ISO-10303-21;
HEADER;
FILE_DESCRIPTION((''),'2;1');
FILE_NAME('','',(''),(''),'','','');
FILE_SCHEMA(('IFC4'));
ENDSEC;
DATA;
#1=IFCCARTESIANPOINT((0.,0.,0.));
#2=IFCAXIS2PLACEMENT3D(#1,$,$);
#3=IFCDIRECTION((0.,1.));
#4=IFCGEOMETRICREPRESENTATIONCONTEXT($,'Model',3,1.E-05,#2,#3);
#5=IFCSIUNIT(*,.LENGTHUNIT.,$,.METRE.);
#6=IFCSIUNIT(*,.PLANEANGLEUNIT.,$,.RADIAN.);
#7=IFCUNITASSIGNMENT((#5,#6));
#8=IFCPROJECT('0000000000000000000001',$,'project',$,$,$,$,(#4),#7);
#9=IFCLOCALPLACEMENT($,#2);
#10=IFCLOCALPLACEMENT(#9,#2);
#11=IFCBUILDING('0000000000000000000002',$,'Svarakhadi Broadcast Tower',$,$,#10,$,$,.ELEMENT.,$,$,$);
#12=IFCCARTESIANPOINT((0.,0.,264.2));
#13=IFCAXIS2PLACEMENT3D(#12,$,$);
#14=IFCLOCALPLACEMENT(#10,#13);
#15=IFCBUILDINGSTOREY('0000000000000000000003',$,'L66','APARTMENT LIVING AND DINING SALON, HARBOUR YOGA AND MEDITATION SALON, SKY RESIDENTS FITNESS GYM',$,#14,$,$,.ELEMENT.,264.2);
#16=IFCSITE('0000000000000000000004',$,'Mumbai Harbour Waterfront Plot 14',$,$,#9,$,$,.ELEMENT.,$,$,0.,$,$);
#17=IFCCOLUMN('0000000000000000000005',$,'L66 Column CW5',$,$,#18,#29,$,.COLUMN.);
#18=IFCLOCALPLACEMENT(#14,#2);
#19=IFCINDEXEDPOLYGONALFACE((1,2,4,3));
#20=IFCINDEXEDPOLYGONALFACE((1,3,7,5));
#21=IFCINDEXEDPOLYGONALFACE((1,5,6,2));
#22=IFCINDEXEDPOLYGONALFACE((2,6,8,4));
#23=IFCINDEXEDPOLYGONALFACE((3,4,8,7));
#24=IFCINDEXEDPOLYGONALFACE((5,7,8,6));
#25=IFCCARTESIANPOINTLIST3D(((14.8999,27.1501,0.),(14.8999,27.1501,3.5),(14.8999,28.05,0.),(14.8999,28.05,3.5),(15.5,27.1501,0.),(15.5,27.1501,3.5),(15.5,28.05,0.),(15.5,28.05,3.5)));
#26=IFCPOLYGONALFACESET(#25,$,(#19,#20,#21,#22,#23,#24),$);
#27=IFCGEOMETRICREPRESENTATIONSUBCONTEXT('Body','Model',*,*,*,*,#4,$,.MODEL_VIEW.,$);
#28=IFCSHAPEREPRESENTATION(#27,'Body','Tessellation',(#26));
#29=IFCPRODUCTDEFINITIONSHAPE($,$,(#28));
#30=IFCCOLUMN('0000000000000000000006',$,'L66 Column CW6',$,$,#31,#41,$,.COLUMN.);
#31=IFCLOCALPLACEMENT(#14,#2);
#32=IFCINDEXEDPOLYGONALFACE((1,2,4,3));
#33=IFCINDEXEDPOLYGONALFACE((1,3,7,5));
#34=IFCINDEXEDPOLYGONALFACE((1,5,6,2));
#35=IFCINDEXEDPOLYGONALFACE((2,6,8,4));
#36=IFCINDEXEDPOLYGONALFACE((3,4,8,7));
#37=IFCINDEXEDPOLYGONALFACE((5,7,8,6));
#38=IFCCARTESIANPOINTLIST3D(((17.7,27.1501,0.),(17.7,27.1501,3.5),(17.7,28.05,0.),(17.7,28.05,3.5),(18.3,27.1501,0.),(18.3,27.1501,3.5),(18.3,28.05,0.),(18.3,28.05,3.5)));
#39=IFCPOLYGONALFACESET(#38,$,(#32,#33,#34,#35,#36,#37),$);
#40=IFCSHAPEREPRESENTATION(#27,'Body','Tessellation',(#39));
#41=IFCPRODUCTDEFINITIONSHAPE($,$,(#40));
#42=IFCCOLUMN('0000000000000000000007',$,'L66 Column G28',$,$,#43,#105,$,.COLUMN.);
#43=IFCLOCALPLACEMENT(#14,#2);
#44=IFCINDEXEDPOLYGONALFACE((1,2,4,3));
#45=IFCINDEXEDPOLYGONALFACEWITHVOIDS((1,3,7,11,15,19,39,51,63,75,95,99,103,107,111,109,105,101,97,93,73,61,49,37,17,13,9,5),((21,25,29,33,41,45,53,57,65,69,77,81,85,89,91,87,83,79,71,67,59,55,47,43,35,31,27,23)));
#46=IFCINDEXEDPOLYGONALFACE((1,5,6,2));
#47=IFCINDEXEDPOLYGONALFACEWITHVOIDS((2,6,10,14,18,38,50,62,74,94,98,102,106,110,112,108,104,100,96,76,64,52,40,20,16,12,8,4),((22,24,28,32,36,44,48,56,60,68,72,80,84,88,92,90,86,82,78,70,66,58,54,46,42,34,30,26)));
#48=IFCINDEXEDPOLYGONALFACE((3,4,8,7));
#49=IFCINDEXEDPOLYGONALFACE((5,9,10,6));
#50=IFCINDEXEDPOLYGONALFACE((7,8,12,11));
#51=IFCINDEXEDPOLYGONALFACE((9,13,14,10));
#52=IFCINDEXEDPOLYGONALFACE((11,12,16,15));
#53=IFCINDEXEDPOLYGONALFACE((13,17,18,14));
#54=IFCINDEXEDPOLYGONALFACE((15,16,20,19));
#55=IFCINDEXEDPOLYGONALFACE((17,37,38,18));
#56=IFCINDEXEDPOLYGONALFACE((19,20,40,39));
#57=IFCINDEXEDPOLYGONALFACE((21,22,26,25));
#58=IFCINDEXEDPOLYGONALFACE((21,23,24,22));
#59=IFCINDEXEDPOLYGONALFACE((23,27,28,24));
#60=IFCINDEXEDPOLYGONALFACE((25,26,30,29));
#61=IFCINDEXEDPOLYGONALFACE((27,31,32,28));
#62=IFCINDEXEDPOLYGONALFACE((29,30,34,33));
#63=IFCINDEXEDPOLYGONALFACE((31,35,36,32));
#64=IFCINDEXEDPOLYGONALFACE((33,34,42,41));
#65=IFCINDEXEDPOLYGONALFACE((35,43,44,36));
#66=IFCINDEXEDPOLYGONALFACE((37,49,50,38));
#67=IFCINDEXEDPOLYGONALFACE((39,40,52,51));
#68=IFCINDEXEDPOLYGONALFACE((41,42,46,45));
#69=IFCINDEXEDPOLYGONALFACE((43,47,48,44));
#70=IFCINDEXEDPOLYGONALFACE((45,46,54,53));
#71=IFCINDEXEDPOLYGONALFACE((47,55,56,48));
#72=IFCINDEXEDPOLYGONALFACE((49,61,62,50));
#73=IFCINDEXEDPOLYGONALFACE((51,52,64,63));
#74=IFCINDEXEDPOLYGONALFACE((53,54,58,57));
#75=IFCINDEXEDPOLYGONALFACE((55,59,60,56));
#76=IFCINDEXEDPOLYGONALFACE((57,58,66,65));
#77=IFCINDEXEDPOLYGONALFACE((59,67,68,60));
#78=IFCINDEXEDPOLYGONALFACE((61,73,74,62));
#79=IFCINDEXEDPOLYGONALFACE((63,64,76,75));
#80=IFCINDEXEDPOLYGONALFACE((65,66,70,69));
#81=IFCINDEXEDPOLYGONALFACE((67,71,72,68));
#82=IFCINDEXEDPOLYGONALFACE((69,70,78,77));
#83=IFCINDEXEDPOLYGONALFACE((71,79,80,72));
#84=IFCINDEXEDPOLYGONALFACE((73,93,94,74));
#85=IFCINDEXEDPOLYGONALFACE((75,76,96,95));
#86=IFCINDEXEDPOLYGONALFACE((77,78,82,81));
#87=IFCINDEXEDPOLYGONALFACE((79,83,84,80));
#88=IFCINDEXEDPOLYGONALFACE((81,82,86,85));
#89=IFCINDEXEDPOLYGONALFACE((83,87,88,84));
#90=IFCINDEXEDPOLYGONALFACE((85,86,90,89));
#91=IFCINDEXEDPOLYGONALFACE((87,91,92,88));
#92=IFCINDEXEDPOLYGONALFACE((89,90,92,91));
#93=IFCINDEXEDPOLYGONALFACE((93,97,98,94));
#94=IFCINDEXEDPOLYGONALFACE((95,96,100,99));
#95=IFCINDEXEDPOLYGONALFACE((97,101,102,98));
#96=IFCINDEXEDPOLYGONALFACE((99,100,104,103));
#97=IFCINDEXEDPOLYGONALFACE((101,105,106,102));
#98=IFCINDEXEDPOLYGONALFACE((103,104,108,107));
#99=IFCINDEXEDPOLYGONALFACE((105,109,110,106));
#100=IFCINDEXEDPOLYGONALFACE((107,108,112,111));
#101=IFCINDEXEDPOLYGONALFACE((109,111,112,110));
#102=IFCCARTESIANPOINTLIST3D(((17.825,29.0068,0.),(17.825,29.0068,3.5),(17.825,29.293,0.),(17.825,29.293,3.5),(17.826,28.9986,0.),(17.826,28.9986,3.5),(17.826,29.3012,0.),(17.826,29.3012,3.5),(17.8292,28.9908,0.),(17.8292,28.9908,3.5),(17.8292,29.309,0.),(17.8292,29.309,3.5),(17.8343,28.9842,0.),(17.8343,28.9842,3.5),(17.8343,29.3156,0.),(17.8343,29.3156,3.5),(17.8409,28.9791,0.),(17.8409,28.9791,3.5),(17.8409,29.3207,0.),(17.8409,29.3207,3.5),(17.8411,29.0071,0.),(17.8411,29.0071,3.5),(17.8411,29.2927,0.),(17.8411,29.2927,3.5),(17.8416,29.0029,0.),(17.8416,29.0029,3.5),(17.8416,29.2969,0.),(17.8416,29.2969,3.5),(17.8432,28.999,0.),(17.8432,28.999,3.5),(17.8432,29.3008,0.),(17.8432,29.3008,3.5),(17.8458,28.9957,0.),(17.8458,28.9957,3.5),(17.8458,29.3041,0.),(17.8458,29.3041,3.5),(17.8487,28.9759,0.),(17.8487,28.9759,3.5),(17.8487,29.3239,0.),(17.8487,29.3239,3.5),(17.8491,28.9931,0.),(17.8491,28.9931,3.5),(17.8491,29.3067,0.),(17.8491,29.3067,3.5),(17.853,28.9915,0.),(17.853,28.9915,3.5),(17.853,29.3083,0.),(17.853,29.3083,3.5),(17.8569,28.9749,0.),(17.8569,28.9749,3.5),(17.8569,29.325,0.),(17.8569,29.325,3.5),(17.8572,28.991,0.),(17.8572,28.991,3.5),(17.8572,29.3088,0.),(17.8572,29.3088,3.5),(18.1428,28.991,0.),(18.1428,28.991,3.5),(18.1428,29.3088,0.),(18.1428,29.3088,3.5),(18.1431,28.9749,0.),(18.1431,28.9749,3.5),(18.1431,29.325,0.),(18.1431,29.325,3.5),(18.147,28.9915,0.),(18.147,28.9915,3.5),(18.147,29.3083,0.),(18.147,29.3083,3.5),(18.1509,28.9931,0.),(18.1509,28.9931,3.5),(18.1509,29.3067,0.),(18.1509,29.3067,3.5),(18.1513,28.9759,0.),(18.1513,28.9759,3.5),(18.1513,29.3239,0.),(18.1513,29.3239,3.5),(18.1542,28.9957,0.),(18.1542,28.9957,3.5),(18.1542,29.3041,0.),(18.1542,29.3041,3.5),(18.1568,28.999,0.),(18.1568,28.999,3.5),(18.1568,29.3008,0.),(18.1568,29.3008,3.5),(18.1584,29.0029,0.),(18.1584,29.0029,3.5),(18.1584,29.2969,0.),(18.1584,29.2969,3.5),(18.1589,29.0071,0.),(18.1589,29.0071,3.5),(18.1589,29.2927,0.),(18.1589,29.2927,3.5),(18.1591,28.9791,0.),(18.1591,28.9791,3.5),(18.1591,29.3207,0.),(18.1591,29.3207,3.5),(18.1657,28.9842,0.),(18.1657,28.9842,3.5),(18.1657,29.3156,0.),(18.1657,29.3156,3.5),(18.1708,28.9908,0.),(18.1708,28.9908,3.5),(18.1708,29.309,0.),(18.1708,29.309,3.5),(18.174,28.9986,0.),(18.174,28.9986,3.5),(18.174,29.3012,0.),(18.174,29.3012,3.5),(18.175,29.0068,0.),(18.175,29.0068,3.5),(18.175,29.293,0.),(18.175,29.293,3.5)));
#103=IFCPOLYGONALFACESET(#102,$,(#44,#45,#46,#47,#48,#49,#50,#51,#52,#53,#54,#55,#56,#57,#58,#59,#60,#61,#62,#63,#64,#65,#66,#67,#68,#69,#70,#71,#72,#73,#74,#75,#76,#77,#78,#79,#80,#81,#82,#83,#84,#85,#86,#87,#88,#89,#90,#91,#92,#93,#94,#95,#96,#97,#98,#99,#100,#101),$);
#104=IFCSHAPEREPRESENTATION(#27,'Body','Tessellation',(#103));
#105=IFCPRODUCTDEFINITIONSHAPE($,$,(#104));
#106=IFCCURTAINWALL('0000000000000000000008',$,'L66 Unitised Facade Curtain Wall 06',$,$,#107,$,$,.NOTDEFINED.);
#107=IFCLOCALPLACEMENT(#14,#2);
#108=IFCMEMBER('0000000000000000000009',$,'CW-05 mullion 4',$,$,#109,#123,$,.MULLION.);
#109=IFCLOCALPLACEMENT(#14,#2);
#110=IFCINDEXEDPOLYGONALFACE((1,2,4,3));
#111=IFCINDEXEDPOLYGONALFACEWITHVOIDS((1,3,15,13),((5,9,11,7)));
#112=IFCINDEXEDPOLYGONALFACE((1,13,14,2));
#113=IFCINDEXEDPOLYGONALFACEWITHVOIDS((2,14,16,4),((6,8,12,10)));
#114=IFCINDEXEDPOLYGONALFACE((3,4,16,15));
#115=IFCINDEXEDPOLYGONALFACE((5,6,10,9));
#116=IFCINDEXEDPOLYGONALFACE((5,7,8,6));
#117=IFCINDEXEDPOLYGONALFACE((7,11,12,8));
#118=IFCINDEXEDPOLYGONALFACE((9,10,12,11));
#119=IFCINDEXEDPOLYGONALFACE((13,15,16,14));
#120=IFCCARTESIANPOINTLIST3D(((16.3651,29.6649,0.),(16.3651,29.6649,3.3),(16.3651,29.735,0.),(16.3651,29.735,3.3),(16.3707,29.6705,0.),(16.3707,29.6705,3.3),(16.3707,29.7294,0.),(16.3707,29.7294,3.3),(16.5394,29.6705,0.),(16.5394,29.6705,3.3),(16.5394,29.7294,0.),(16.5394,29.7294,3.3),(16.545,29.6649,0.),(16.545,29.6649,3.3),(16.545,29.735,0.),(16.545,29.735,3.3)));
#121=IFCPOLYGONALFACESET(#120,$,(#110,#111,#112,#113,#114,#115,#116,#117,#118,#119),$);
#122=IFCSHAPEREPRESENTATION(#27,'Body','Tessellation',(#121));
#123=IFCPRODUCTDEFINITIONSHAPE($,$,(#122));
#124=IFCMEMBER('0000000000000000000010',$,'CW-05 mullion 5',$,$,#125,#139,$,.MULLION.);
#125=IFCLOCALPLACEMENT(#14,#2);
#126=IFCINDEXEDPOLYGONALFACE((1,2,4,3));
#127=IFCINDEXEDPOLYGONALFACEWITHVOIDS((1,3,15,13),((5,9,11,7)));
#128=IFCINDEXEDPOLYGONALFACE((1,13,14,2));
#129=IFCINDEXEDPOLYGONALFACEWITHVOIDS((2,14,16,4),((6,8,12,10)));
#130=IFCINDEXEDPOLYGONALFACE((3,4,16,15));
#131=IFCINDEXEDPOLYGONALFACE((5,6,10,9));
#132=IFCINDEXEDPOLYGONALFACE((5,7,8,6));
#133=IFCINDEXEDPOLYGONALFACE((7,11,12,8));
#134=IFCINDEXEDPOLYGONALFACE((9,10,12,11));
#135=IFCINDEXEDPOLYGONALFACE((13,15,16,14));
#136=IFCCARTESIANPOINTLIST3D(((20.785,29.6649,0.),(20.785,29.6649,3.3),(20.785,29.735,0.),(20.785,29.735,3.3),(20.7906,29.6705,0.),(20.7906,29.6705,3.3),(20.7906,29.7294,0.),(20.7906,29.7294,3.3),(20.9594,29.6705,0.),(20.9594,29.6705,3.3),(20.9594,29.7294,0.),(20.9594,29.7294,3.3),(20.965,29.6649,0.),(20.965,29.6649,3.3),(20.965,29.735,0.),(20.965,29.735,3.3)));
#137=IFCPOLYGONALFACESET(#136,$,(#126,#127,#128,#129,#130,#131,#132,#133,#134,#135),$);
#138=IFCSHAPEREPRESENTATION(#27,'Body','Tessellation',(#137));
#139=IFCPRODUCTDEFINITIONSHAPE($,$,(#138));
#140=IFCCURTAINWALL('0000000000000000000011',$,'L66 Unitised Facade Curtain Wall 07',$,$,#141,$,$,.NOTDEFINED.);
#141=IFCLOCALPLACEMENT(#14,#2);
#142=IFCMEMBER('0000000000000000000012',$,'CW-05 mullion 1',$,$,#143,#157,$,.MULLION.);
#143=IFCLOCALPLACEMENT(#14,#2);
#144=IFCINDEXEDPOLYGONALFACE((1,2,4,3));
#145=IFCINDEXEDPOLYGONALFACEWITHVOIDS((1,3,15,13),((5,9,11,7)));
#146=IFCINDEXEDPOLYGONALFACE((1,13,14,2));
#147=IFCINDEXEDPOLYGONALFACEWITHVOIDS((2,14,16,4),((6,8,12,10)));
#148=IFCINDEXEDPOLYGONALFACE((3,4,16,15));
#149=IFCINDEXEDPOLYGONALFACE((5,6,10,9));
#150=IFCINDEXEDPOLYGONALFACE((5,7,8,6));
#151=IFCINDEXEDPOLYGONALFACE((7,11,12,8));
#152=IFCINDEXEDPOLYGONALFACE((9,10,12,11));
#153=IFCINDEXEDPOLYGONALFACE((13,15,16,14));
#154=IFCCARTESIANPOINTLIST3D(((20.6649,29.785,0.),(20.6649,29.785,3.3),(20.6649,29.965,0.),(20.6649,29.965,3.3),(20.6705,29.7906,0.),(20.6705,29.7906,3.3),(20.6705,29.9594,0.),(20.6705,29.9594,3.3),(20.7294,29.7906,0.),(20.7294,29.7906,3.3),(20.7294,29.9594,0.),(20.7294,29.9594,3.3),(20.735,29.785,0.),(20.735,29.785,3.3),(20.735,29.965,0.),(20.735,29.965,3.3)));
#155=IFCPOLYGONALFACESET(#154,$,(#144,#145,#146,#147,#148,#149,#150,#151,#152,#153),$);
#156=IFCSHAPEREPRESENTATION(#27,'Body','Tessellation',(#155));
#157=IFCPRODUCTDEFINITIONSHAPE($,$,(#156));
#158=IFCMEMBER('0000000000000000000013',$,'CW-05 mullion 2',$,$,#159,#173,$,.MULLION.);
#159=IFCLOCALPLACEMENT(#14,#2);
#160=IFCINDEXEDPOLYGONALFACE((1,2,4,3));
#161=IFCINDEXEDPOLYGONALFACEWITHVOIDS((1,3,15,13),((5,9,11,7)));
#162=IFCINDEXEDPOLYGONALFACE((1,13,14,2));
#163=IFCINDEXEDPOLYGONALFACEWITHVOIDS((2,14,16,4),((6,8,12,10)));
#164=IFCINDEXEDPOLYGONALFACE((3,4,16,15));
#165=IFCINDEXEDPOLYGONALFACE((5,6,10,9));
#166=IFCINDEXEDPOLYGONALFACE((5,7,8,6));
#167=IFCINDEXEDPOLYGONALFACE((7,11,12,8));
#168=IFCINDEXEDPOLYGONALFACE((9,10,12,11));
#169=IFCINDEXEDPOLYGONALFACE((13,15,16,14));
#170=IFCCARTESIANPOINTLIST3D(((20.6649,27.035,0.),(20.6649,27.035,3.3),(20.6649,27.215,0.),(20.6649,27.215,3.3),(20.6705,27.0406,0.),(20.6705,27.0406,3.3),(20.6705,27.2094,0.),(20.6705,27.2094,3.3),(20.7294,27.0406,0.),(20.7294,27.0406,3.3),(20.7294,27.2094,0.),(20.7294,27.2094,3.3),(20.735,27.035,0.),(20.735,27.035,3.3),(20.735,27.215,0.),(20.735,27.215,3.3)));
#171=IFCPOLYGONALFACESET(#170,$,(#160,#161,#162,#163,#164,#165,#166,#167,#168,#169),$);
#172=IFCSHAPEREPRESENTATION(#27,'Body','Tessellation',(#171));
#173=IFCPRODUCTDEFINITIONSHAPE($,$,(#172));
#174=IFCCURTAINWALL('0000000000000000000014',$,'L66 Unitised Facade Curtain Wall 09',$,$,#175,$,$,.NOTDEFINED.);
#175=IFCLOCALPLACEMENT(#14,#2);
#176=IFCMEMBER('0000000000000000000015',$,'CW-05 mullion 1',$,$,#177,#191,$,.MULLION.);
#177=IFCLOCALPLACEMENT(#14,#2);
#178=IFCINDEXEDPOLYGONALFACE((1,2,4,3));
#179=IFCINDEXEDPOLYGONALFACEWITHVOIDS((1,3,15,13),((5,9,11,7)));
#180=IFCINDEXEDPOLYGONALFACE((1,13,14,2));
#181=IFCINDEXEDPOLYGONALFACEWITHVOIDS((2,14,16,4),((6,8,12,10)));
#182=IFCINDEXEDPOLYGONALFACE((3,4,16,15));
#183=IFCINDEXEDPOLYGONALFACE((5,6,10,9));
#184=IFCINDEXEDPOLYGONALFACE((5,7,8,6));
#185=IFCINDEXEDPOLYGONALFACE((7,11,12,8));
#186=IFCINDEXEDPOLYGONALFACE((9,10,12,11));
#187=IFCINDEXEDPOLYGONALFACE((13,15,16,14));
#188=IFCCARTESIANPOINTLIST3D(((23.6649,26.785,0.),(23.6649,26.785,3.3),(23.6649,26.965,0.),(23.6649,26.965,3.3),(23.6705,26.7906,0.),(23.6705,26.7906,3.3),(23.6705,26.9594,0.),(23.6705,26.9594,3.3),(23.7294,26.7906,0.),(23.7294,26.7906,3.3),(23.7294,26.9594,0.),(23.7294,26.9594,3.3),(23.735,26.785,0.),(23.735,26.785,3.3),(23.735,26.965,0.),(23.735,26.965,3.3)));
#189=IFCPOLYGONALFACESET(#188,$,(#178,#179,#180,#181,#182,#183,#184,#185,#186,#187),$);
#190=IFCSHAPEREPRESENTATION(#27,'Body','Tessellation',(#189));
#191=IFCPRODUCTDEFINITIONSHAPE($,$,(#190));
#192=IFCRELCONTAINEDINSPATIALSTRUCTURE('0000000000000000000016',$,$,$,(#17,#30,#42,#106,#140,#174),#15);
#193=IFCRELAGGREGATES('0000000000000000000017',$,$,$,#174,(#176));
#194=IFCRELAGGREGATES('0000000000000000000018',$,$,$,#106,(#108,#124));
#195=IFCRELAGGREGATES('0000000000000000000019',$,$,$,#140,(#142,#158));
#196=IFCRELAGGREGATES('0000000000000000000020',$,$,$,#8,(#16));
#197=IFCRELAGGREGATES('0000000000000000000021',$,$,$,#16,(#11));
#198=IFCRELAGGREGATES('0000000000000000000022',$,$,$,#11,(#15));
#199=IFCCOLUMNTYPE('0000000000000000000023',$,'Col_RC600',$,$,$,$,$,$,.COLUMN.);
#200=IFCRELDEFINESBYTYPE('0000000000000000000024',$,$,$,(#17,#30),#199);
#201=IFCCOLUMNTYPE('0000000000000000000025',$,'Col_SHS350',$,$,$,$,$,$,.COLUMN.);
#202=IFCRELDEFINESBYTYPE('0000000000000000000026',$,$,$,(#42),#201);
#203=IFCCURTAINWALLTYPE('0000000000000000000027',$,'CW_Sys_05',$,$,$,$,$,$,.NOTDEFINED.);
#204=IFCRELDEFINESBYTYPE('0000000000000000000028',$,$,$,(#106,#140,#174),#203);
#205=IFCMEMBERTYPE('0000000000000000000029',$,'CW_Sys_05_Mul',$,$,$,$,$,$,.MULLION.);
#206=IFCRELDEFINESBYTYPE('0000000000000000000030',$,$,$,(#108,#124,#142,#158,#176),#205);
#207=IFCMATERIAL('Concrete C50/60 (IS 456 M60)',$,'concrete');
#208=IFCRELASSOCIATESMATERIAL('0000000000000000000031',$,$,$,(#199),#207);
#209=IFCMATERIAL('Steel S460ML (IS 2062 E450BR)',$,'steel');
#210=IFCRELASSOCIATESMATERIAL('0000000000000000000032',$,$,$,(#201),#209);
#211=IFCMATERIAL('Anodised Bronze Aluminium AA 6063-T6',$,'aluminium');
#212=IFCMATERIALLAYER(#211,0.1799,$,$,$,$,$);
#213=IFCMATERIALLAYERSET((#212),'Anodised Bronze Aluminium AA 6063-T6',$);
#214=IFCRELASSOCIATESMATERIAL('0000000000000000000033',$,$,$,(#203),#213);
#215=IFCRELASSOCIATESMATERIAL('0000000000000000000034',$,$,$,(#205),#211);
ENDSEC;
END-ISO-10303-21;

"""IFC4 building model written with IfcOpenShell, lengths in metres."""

from ifc_helpers import new_model, si_unit, direction, frame, origin, origin_2d, place, context, subcontext, project, spatial, rectangle, hollow_rectangle, extrude, material, layer, layer_set, material_profile, profile_set, type_object, element, aggregate, save


model = new_model("IFC4")

# Units and contexts
model_context = context("Model", 3, precision=1e-05, world=origin(), true_north=direction((0.0, 1.0)))
body_context = subcontext(model_context, "Body", "Model", "MODEL_VIEW")
ifc_project = project(units=[si_unit("LENGTHUNIT", "METRE"), si_unit("PLANEANGLEUNIT", "RADIAN")], contexts=[model_context])

# Site, building, storey
site_placement = place(None, origin())
site = spatial("IfcSite", under=ifc_project, at=site_placement, Name="Mumbai Harbour Waterfront Plot 14", CompositionType="ELEMENT", RefElevation=0.0)
building_placement = place(site_placement, origin())
building = spatial("IfcBuilding", under=site, at=building_placement, Name="Svarakhadi Broadcast Tower", CompositionType="ELEMENT")
storey_placement = place(building_placement, frame((0.0, 0.0, 264.2)))
storey = spatial("IfcBuildingStorey", under=building, at=storey_placement, Name="L66", Description="APARTMENT LIVING AND DINING SALON, HARBOUR YOGA AND MEDITATION SALON, SKY RESIDENTS FITNESS GYM", CompositionType="ELEMENT", Elevation=264.2)

# Columns
ifc_material_1 = material(Name="Concrete C50/60 (IS 456 M60)", Category="concrete")
ifc_material_profile_1 = material_profile(ifc_material_1, rectangle(XDim=0.6001, YDim=0.8999, at=origin_2d()), Name="RC 600x900")
ifc_profile_set_1 = profile_set([ifc_material_profile_1], Name="Concrete C50/60 (IS 456 M60)")
column_type_1 = type_object("IfcColumnType", Name="Col_RC600", PredefinedType="COLUMN", material=ifc_profile_set_1)
for number, where, z_axis, x_axis, name in (
    (1, (15.2, 27.6001, 0.0), (0.0, 0.0, 1.0), (1.0, 0.0, 0.0), "L66 Column CW5"),
    (2, (18.0, 27.6001, 0.0), (0.0, 0.0, 1.0), (1.0, 0.0, 0.0), "L66 Column CW6"),
):
    element("IfcColumn", number, at=place(storey_placement, frame(where, z_axis=z_axis, x_axis=x_axis)), inside=storey, type_object=column_type_1, Name=name, PredefinedType="COLUMN", context=body_context, shape_type="SweptSolid", body=[
        extrude(rectangle(XDim=0.6001, YDim=0.8999, at=origin_2d()), origin(), (0.0, 0.0, 1.0), 3.5),
    ])
ifc_material_2 = material(Name="Steel S460ML (IS 2062 E450BR)", Category="steel")
ifc_material_profile_2 = material_profile(ifc_material_2, hollow_rectangle(XDim=0.3501, YDim=0.3501, WallThickness=0.0161, InnerFilletRadius=0.0161, OuterFilletRadius=0.032, at=origin_2d()), Name="SHS 350x350x16")
ifc_profile_set_2 = profile_set([ifc_material_profile_2], Name="Steel S460ML (IS 2062 E450BR)")
column_type_2 = type_object("IfcColumnType", Name="Col_SHS350", PredefinedType="COLUMN", material=ifc_profile_set_2)
column_placement = place(storey_placement, frame((18.0, 29.1499, 0.0), z_axis=(0.0, 0.0, 1.0), x_axis=(1.0, 0.0, 0.0)))
element("IfcColumn", 3, at=column_placement, inside=storey, type_object=column_type_2, Name="L66 Column G28", PredefinedType="COLUMN", context=body_context, shape_type="SweptSolid", body=[
    extrude(hollow_rectangle(XDim=0.3501, YDim=0.3501, WallThickness=0.0161, InnerFilletRadius=0.0161, OuterFilletRadius=0.032, at=origin_2d()), origin(), (0.0, 0.0, 1.0), 3.5),
])

# Curtain walls, members
ifc_material_3 = material(Name="Anodised Bronze Aluminium AA 6063-T6", Category="aluminium")
ifc_layer_1 = layer(ifc_material_3, 0.1799)
ifc_layer_set_1 = layer_set([ifc_layer_1], Name="Anodised Bronze Aluminium AA 6063-T6")
curtain_wall_type = type_object("IfcCurtainWallType", Name="CW_Sys_05", PredefinedType="NOTDEFINED", material=ifc_layer_set_1)
curtain_wall_1_placement = place(storey_placement, origin())
curtain_wall_1 = element("IfcCurtainWall", 4, at=curtain_wall_1_placement, inside=storey, type_object=curtain_wall_type, Name="L66 Unitised Facade Curtain Wall 06", PredefinedType="NOTDEFINED")
ifc_material_profile_3 = material_profile(ifc_material_3, hollow_rectangle(XDim=0.0701, YDim=0.1799, WallThickness=0.0056, at=origin_2d()), Name="ALU MULLION 180x70x6")
ifc_profile_set_3 = profile_set([ifc_material_profile_3], Name="Anodised Bronze Aluminium AA 6063-T6")
member_type_1 = type_object("IfcMemberType", Name="CW_Sys_05_Mul", PredefinedType="MULLION", material=ifc_profile_set_3)
member_1_placement = place(storey_placement, frame((16.4551, 29.7, 0.0), z_axis=(0.0, 0.0, 1.0), x_axis=(0.0, 1.0, 0.0)))
member_1 = element("IfcMember", 5, at=member_1_placement, type_object=member_type_1, Name="CW-05 mullion 4", PredefinedType="MULLION", context=body_context, shape_type="SweptSolid", body=[
    extrude(hollow_rectangle(XDim=0.0701, YDim=0.1799, WallThickness=0.0056, at=origin_2d()), origin(), (0.0, 0.0, 1.0), 3.3),
])
member_2_placement = place(storey_placement, frame((20.875, 29.7, 0.0), z_axis=(0.0, 0.0, 1.0), x_axis=(0.0, 1.0, 0.0)))
member_2 = element("IfcMember", 6, at=member_2_placement, type_object=member_type_1, Name="CW-05 mullion 5", PredefinedType="MULLION", context=body_context, shape_type="SweptSolid", body=[
    extrude(hollow_rectangle(XDim=0.0701, YDim=0.1799, WallThickness=0.0056, at=origin_2d()), origin(), (0.0, 0.0, 1.0), 3.3),
])
curtain_wall_2_placement = place(storey_placement, origin())
curtain_wall_2 = element("IfcCurtainWall", 7, at=curtain_wall_2_placement, inside=storey, type_object=curtain_wall_type, Name="L66 Unitised Facade Curtain Wall 07", PredefinedType="NOTDEFINED")
member_3_placement = place(storey_placement, frame((20.7, 29.875, 0.0), z_axis=(0.0, 0.0, 1.0), x_axis=(1.0, 0.0, 0.0)))
member_3 = element("IfcMember", 8, at=member_3_placement, type_object=member_type_1, Name="CW-05 mullion 1", PredefinedType="MULLION", context=body_context, shape_type="SweptSolid", body=[
    extrude(hollow_rectangle(XDim=0.0701, YDim=0.1799, WallThickness=0.0056, at=origin_2d()), origin(), (0.0, 0.0, 1.0), 3.3),
])
member_4_placement = place(storey_placement, frame((20.7, 27.125, 0.0), z_axis=(0.0, 0.0, 1.0), x_axis=(1.0, 0.0, 0.0)))
member_4 = element("IfcMember", 9, at=member_4_placement, type_object=member_type_1, Name="CW-05 mullion 2", PredefinedType="MULLION", context=body_context, shape_type="SweptSolid", body=[
    extrude(hollow_rectangle(XDim=0.0701, YDim=0.1799, WallThickness=0.0056, at=origin_2d()), origin(), (0.0, 0.0, 1.0), 3.3),
])

# Curtain wall, member
curtain_wall_3_placement = place(storey_placement, origin())
curtain_wall_3 = element("IfcCurtainWall", 10, at=curtain_wall_3_placement, inside=storey, type_object=curtain_wall_type, Name="L66 Unitised Facade Curtain Wall 09", PredefinedType="NOTDEFINED")
member_5_placement = place(storey_placement, frame((23.7, 26.875, 0.0), z_axis=(0.0, 0.0, 1.0), x_axis=(1.0, 0.0, 0.0)))
member_5 = element("IfcMember", 11, at=member_5_placement, type_object=member_type_1, Name="CW-05 mullion 1", PredefinedType="MULLION", context=body_context, shape_type="SweptSolid", body=[
    extrude(hollow_rectangle(XDim=0.0701, YDim=0.1799, WallThickness=0.0056, at=origin_2d()), origin(), (0.0, 0.0, 1.0), 3.3),
])

aggregate(curtain_wall_3, [member_5])

aggregate(curtain_wall_1, [member_1, member_2])
aggregate(curtain_wall_2, [member_3, member_4])

save(model, "model.ifc")
